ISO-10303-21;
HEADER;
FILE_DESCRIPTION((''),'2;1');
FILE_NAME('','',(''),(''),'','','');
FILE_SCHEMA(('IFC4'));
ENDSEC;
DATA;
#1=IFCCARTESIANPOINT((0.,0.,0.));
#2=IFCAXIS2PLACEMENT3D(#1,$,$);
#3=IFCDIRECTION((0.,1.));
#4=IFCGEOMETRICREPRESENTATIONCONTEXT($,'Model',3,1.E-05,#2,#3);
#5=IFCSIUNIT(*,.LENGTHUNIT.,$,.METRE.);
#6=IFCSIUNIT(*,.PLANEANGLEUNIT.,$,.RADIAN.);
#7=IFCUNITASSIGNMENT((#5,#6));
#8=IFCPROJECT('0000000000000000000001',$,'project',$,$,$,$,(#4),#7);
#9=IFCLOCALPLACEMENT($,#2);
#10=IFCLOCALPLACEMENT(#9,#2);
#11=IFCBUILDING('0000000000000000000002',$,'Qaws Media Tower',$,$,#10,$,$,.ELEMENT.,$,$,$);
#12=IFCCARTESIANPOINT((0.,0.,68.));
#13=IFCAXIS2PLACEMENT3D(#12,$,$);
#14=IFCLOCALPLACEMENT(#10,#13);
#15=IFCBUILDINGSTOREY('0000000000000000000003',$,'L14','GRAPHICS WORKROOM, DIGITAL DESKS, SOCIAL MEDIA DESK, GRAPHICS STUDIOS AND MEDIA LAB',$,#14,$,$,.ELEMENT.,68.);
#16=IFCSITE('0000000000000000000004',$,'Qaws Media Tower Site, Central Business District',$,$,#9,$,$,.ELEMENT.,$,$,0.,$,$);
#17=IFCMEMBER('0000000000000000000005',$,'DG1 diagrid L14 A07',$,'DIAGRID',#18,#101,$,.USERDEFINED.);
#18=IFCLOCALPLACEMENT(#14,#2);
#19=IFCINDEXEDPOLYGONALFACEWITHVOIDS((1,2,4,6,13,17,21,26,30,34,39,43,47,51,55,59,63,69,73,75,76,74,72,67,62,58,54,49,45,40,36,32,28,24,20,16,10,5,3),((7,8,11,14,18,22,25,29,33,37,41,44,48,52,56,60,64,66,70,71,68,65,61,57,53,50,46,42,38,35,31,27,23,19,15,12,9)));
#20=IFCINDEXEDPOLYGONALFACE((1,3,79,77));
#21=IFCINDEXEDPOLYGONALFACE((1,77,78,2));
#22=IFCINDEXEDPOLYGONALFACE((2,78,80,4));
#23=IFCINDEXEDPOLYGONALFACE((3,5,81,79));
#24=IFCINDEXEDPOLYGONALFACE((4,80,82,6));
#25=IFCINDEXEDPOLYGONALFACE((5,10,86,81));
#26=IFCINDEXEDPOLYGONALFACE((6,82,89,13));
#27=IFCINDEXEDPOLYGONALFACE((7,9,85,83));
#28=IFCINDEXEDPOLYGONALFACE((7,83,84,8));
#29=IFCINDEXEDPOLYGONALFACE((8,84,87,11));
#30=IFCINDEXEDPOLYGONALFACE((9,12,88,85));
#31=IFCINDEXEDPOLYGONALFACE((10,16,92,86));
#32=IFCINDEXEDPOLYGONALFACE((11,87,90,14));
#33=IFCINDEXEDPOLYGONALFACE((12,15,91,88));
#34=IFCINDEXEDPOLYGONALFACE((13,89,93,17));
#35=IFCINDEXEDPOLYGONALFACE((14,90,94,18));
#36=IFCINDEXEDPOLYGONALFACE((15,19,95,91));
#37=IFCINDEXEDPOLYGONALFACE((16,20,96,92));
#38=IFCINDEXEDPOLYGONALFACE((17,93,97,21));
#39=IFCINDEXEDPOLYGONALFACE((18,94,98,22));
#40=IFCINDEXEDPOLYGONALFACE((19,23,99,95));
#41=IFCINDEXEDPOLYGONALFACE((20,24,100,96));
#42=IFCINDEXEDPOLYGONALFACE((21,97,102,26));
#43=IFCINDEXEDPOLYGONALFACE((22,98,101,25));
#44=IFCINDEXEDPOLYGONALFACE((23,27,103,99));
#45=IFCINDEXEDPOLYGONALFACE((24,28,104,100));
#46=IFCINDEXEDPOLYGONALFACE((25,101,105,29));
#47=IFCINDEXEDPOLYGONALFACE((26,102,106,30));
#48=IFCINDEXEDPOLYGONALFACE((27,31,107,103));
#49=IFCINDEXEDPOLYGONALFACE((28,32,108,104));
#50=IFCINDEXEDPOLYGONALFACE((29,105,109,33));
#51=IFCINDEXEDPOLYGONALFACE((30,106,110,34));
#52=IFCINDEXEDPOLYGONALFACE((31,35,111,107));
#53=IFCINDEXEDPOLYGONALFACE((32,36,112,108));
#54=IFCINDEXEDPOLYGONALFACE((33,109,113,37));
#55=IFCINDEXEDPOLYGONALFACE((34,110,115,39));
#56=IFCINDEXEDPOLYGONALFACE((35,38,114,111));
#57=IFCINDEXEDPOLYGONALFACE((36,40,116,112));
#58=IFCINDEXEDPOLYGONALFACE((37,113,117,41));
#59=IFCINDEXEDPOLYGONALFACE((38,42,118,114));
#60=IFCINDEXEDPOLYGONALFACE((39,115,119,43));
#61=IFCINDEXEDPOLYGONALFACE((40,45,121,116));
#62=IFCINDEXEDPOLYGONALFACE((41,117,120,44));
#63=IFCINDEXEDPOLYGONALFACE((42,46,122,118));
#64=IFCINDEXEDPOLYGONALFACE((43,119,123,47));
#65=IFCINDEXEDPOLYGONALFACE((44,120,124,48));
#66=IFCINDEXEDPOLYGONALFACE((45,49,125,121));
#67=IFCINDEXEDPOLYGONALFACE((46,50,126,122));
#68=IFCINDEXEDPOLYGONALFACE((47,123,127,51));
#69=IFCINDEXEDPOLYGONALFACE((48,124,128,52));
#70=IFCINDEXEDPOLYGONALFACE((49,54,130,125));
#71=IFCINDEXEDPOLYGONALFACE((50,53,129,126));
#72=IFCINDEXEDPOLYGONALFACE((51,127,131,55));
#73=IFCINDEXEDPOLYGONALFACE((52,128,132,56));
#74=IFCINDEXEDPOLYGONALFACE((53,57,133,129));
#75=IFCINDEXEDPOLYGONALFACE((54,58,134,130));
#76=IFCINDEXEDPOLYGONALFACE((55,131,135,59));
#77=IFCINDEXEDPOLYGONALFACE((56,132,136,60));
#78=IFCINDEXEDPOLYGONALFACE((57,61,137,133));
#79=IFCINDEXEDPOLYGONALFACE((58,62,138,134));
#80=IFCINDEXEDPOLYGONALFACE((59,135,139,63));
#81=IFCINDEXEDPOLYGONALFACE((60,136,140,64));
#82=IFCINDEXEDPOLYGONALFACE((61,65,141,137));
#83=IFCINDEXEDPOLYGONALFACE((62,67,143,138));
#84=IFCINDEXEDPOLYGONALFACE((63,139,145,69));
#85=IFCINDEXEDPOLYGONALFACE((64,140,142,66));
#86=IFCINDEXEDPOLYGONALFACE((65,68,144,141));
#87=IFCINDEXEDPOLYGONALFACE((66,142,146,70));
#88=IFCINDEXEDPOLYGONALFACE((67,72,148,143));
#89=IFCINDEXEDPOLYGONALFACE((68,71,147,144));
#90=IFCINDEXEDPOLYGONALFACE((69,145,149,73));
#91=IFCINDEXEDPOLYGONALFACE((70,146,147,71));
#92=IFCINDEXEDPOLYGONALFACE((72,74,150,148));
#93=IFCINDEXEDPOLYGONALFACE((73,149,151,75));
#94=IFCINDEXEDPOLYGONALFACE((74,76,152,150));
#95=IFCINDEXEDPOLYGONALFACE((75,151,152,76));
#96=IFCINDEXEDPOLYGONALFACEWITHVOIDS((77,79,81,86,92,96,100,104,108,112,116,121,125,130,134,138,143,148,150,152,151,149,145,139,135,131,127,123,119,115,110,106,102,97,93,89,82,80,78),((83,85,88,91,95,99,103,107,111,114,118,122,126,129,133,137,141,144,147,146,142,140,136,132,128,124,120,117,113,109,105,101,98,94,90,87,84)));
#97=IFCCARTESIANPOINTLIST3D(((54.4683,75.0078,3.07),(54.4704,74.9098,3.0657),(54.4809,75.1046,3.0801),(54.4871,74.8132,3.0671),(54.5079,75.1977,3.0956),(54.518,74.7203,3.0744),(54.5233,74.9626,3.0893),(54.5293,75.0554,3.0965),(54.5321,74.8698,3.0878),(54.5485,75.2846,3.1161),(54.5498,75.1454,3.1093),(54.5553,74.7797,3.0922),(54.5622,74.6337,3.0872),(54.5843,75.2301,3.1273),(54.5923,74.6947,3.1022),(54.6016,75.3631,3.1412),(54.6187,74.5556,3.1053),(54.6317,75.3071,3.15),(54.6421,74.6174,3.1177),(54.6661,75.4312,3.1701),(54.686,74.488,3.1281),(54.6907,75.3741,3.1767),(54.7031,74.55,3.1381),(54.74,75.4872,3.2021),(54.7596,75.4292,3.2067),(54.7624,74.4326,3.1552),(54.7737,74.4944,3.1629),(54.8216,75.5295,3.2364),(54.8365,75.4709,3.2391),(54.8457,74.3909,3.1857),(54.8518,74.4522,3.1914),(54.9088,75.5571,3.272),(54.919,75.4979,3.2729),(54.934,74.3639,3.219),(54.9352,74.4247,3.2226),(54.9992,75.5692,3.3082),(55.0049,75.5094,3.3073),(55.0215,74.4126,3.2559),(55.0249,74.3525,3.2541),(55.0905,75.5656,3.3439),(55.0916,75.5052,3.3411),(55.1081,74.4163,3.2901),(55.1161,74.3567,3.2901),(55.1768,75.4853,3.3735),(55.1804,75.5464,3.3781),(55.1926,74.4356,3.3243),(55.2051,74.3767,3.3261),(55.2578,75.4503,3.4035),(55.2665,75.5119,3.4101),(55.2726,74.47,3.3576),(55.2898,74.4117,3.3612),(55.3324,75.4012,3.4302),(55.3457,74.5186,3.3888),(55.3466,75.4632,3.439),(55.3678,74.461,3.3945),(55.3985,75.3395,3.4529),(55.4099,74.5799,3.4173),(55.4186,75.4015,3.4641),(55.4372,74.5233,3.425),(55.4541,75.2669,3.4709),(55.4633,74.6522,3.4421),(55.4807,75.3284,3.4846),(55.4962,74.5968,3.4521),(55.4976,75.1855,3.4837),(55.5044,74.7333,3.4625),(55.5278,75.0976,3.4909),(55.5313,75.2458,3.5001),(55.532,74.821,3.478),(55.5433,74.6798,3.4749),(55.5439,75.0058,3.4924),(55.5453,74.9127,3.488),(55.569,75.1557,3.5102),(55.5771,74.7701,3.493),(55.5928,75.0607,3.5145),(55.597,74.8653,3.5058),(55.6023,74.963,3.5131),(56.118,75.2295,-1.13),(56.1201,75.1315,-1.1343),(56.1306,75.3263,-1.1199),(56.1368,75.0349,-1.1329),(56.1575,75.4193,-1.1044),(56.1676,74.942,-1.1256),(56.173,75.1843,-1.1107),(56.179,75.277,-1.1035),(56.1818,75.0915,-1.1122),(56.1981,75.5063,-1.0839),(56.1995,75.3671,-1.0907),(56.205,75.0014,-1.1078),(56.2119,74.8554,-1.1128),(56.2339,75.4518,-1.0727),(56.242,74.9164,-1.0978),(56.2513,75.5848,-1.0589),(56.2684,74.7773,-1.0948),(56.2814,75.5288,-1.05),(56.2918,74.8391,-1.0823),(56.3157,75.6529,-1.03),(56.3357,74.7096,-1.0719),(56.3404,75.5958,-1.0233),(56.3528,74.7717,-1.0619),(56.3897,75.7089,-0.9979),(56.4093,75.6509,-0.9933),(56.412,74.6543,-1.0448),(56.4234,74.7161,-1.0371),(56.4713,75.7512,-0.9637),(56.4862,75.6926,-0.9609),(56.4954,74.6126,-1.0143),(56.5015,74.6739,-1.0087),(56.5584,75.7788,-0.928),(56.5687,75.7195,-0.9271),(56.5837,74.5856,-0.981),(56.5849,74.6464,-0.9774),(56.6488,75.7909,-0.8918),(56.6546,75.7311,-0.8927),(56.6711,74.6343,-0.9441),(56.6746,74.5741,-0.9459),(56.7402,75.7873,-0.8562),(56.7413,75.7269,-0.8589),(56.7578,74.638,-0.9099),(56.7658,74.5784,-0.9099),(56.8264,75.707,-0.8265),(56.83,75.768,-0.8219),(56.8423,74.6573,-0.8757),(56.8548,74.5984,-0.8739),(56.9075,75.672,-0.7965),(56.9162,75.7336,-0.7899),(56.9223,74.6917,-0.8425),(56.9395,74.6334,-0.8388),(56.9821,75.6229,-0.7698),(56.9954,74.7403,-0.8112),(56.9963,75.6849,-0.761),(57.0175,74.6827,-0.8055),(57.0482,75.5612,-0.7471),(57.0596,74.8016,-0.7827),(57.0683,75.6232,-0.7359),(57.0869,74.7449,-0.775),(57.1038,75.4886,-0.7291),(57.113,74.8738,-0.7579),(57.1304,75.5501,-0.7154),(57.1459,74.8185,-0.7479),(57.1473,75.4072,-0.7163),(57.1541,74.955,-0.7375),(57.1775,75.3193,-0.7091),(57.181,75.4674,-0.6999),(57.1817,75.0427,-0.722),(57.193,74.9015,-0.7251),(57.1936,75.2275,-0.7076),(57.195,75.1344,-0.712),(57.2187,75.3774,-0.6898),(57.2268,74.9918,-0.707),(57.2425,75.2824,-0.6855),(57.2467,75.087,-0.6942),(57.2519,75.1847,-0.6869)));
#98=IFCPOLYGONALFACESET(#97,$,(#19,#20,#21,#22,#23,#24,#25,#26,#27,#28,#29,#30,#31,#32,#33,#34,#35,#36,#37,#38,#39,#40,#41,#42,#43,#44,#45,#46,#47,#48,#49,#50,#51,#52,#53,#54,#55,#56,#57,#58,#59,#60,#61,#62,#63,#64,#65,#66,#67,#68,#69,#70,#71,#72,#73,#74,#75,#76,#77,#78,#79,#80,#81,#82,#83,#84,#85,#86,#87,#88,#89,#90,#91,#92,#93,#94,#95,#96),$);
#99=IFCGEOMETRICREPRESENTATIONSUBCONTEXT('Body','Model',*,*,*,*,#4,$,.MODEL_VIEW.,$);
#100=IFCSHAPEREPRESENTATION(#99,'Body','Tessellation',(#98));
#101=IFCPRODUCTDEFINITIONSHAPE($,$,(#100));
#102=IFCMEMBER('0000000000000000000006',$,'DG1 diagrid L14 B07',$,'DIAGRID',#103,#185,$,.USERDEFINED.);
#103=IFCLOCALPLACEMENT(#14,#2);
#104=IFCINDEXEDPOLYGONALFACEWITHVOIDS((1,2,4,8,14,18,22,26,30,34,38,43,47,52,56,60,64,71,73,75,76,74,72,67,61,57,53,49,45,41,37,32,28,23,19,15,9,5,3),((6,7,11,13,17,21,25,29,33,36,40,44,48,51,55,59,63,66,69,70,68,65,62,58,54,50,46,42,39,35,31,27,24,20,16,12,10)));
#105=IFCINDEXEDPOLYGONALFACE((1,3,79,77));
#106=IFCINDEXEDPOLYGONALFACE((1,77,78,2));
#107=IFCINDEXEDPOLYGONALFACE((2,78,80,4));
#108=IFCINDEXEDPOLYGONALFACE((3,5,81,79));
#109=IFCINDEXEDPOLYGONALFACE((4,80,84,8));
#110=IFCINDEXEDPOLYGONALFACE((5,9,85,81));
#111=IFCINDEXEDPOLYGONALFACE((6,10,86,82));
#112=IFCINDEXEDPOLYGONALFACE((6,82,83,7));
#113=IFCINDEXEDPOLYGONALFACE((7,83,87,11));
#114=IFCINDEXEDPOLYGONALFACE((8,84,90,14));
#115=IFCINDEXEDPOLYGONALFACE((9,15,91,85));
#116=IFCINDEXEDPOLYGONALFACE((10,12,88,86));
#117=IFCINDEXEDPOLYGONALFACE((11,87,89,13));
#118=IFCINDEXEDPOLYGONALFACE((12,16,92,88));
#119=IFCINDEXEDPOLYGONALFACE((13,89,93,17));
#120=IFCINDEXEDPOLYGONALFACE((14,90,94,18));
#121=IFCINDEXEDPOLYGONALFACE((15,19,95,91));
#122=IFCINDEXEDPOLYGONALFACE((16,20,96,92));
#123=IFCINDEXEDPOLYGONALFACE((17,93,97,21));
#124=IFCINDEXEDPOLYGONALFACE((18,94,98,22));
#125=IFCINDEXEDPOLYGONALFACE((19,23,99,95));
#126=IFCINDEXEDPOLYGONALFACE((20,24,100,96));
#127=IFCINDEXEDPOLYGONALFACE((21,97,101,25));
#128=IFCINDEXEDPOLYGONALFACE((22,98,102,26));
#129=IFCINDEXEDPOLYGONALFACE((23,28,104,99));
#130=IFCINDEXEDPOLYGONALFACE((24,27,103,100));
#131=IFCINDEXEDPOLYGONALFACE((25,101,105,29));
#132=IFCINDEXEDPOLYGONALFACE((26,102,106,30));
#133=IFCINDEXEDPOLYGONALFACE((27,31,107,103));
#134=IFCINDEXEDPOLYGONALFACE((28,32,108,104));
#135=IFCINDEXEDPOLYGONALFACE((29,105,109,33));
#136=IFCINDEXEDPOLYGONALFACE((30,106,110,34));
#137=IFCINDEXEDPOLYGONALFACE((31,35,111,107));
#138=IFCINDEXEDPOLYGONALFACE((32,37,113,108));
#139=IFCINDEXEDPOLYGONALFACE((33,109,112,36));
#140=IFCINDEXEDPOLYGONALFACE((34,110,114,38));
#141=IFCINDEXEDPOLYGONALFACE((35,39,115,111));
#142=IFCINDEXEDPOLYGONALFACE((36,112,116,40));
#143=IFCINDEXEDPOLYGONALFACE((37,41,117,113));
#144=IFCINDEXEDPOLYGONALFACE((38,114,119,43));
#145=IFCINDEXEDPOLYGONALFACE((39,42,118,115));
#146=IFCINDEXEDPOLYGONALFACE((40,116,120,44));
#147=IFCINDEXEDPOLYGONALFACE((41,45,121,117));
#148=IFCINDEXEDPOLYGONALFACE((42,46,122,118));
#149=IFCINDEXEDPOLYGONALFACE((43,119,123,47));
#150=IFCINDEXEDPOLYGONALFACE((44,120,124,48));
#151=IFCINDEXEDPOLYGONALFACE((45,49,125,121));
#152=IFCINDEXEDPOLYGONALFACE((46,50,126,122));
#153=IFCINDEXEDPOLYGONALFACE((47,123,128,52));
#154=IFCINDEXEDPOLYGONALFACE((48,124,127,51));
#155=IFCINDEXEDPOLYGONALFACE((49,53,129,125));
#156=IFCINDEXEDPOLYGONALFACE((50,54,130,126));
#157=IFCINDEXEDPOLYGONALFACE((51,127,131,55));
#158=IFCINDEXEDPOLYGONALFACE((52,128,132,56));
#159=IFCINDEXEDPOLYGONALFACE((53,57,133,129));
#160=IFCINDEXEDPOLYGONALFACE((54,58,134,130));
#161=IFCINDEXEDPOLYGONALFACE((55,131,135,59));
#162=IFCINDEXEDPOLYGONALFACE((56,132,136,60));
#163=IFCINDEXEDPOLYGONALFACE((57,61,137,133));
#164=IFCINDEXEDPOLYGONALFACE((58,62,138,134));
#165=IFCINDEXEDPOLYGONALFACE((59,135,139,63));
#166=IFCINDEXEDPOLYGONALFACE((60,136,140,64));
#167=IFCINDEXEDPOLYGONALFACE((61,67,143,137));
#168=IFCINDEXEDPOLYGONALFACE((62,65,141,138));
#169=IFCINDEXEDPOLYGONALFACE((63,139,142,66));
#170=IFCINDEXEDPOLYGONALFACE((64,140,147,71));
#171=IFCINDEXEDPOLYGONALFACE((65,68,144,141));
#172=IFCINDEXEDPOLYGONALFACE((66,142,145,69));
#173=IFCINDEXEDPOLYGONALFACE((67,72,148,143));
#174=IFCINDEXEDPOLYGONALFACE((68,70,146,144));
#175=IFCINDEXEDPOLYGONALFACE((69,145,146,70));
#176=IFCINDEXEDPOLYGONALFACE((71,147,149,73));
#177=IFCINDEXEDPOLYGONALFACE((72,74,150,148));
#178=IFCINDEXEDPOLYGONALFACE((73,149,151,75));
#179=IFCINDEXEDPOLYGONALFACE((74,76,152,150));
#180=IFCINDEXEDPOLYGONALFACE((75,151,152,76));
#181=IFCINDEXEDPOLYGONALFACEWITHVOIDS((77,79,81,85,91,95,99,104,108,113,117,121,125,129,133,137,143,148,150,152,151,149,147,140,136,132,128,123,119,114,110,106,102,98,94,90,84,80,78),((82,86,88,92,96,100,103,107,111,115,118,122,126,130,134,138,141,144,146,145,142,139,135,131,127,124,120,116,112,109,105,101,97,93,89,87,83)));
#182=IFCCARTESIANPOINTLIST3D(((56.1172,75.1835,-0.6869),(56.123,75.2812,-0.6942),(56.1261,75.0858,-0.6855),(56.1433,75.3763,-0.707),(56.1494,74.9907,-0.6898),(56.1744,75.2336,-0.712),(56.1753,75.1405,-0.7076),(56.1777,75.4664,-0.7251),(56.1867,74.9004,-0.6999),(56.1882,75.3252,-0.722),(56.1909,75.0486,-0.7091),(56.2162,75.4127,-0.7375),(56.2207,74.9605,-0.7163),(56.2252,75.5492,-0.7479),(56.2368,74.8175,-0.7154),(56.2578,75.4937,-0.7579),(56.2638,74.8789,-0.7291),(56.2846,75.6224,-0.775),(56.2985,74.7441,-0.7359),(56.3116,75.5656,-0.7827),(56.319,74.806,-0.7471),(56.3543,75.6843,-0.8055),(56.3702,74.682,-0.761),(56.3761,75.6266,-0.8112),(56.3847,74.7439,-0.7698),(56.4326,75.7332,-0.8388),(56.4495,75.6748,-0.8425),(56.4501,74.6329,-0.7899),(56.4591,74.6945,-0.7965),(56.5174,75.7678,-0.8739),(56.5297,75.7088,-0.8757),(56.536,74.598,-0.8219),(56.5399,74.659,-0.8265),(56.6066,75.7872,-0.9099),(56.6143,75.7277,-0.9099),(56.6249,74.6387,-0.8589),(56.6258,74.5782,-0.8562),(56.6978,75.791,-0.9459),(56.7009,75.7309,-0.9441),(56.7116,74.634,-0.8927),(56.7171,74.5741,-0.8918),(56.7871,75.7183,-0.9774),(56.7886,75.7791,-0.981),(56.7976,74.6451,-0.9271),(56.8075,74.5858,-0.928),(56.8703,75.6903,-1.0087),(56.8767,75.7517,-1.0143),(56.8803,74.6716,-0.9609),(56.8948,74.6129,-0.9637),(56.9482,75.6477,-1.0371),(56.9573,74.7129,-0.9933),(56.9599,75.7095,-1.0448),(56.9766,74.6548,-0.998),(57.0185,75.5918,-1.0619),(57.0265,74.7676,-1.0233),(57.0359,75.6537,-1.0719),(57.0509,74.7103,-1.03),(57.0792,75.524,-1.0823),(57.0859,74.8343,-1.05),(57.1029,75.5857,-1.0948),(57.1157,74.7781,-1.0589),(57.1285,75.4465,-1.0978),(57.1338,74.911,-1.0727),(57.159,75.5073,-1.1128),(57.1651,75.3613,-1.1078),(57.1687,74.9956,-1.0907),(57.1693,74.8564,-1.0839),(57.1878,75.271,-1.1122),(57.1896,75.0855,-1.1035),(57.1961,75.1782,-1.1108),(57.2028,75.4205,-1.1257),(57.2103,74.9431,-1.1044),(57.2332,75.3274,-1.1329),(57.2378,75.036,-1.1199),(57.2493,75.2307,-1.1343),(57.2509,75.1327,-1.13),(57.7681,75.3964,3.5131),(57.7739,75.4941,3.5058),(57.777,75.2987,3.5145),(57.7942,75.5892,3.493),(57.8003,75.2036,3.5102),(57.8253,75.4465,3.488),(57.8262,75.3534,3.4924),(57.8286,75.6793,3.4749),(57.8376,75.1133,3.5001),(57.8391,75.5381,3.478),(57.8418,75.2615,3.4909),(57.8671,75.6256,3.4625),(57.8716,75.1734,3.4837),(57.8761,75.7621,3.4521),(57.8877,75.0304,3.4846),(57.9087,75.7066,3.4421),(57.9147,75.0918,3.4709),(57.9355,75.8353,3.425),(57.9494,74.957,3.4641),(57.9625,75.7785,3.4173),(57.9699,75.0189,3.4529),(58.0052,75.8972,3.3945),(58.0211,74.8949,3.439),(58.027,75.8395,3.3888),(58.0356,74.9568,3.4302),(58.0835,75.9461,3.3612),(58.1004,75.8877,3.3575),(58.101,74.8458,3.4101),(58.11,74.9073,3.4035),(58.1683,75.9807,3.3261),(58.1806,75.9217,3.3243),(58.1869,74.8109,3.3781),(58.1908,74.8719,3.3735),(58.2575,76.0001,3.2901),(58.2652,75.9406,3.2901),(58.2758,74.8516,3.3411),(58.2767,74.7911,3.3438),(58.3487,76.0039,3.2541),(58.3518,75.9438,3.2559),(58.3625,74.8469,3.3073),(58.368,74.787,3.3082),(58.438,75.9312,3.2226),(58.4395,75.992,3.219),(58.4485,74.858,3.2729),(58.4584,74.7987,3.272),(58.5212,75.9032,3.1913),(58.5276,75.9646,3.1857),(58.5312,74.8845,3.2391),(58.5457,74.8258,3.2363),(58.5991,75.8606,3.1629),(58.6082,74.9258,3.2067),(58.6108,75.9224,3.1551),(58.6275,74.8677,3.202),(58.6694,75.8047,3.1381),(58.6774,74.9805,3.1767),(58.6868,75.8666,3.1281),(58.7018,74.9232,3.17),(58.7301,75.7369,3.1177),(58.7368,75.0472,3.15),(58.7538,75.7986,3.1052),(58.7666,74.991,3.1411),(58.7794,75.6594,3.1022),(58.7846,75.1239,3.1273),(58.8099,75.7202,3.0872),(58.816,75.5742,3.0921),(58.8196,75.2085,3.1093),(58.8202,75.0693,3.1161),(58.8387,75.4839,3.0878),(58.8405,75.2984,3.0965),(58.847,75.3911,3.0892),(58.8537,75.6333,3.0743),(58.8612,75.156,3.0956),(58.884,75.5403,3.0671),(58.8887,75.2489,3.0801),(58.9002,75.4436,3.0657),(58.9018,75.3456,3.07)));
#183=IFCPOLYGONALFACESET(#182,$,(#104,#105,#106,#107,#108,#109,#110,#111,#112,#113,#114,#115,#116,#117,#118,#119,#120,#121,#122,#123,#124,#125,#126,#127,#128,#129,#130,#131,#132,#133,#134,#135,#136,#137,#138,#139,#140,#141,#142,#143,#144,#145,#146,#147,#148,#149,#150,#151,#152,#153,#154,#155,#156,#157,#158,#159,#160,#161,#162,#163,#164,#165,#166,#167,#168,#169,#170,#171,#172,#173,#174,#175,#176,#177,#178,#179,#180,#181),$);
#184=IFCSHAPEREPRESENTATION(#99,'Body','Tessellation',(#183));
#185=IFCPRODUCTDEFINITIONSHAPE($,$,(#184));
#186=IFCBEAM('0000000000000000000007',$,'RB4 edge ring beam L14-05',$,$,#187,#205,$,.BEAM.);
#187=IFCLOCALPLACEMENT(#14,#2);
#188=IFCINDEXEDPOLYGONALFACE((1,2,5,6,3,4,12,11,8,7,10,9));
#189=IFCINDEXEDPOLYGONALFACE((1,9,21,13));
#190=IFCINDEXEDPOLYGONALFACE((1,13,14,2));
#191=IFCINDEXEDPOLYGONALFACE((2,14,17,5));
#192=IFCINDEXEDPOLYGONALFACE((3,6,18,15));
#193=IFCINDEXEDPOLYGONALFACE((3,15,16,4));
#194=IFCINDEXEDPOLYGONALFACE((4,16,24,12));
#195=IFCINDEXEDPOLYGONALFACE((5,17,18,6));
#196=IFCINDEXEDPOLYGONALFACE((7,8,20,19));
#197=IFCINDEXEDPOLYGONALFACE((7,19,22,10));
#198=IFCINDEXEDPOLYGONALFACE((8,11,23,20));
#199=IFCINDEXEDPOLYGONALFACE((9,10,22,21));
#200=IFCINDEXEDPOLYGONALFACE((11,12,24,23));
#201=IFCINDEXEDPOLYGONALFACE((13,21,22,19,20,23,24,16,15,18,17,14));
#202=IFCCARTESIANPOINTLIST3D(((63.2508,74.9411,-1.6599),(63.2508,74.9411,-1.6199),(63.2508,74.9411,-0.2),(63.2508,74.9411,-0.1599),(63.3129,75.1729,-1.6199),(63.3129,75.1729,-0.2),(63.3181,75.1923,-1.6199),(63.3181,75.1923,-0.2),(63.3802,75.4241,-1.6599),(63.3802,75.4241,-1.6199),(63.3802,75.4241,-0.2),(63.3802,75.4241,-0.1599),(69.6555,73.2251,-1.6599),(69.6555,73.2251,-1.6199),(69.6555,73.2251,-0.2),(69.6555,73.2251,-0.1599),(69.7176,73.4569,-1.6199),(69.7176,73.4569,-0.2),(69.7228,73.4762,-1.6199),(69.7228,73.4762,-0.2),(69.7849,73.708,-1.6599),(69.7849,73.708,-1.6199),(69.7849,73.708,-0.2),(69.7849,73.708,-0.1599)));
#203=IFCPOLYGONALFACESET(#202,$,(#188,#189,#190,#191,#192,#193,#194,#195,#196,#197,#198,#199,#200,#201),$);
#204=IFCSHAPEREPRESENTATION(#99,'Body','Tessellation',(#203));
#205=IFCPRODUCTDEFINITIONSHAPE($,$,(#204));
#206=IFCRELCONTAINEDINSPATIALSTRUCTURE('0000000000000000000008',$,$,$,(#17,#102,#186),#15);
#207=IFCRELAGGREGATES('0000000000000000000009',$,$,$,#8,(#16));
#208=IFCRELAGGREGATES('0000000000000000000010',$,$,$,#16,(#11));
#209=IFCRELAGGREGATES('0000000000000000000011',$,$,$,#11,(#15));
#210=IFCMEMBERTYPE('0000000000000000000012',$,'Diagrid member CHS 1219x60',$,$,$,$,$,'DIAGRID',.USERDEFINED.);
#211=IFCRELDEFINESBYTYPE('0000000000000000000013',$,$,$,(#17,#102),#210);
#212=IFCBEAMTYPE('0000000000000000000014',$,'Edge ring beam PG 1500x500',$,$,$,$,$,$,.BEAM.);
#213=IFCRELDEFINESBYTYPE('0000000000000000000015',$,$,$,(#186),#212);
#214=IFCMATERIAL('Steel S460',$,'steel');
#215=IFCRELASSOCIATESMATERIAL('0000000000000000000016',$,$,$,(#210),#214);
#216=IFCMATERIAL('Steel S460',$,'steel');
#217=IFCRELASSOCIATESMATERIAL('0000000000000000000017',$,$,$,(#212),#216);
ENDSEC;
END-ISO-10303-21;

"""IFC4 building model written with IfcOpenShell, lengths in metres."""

from ifc_helpers import new_model, si_unit, direction, frame, origin, origin_2d, place, context, subcontext, project, spatial, hollow_circle, i_section, extrude, material, material_profile, profile_set, type_object, element, save


model = new_model("IFC4")

# Units and contexts
model_context = context("Model", 3, precision=1e-05, world=origin(), true_north=direction((0.0, 1.0)))
body_context = subcontext(model_context, "Body", "Model", "MODEL_VIEW")
ifc_project = project(units=[si_unit("LENGTHUNIT", "METRE"), si_unit("PLANEANGLEUNIT", "RADIAN")], contexts=[model_context])

# Site, building, storey
site_placement = place(None, origin())
site = spatial("IfcSite", under=ifc_project, at=site_placement, Name="Qaws Media Tower Site, Central Business District", CompositionType="ELEMENT", RefElevation=0.0)
building_placement = place(site_placement, origin())
building = spatial("IfcBuilding", under=site, at=building_placement, Name="Qaws Media Tower", CompositionType="ELEMENT")
storey_placement = place(building_placement, frame((0.0, 0.0, 68.0)))
storey = spatial("IfcBuildingStorey", under=building, at=storey_placement, Name="L14", Description="GRAPHICS WORKROOM, DIGITAL DESKS, SOCIAL MEDIA DESK, GRAPHICS STUDIOS AND MEDIA LAB", CompositionType="ELEMENT", Elevation=68.0)

# Members
ifc_material_1 = material(Name="Steel S460", Category="steel")
ifc_material_profile_1 = material_profile(ifc_material_1, hollow_circle(Radius=0.6096, WallThickness=0.0601, at=origin_2d()), Name="CHS 1219x60")
ifc_profile_set_1 = profile_set([ifc_material_profile_1], Name="Steel S460")
member_type_1 = type_object("IfcMemberType", Name="Diagrid member CHS 1219x60", ElementType="DIAGRID", PredefinedType="USERDEFINED", material=ifc_profile_set_1)
for number, where, z_axis, x_axis, name in (
    (1, (56.6846, 75.1826, -0.9099), (-0.36515, -0.049069, 0.929655), (0.133182, -0.991092, 0.0), "DG1 diagrid L14 A07"),
    (2, (56.6846, 75.1826, -0.9099), (0.365418, 0.047123, 0.92965), (-0.127897, 0.991787, 0.0), "DG1 diagrid L14 B07"),
):
    element("IfcMember", number, at=place(storey_placement, frame(where, z_axis=z_axis, x_axis=x_axis)), inside=storey, type_object=member_type_1, Name=name, ObjectType="DIAGRID", PredefinedType="USERDEFINED", context=body_context, shape_type="SweptSolid", body=[
        extrude(hollow_circle(Radius=0.6096, WallThickness=0.0601, at=origin_2d()), origin(), (0.0, 0.0, 1.0), 4.5178),
    ])

# Beam
ifc_material_2 = material(Name="Steel S460", Category="steel")
ifc_material_profile_2 = material_profile(ifc_material_2, i_section(OverallWidth=0.5, OverallDepth=1.5, WebThickness=0.02, FlangeThickness=0.04, at=origin_2d()), Name="PG 1500x500")
ifc_profile_set_2 = profile_set([ifc_material_profile_2], Name="Steel S460")
beam_type = type_object("IfcBeamType", Name="Edge ring beam PG 1500x500", PredefinedType="BEAM", material=ifc_profile_set_2)
beam_1_placement = place(storey_placement, frame((69.7202, 73.4666, -0.9099), z_axis=(-0.965929, 0.258806, 0.0), x_axis=(-0.258806, -0.965929, 0.0)))
element("IfcBeam", 3, at=beam_1_placement, inside=storey, type_object=beam_type, Name="RB4 edge ring beam L14-05", PredefinedType="BEAM", context=body_context, shape_type="SweptSolid", body=[
    extrude(i_section(OverallWidth=0.5, OverallDepth=1.5, WebThickness=0.02, FlangeThickness=0.04, at=origin_2d()), origin(), (0.0, 0.0, 1.0), 6.6306),
])

save(model, "model.ifc")
